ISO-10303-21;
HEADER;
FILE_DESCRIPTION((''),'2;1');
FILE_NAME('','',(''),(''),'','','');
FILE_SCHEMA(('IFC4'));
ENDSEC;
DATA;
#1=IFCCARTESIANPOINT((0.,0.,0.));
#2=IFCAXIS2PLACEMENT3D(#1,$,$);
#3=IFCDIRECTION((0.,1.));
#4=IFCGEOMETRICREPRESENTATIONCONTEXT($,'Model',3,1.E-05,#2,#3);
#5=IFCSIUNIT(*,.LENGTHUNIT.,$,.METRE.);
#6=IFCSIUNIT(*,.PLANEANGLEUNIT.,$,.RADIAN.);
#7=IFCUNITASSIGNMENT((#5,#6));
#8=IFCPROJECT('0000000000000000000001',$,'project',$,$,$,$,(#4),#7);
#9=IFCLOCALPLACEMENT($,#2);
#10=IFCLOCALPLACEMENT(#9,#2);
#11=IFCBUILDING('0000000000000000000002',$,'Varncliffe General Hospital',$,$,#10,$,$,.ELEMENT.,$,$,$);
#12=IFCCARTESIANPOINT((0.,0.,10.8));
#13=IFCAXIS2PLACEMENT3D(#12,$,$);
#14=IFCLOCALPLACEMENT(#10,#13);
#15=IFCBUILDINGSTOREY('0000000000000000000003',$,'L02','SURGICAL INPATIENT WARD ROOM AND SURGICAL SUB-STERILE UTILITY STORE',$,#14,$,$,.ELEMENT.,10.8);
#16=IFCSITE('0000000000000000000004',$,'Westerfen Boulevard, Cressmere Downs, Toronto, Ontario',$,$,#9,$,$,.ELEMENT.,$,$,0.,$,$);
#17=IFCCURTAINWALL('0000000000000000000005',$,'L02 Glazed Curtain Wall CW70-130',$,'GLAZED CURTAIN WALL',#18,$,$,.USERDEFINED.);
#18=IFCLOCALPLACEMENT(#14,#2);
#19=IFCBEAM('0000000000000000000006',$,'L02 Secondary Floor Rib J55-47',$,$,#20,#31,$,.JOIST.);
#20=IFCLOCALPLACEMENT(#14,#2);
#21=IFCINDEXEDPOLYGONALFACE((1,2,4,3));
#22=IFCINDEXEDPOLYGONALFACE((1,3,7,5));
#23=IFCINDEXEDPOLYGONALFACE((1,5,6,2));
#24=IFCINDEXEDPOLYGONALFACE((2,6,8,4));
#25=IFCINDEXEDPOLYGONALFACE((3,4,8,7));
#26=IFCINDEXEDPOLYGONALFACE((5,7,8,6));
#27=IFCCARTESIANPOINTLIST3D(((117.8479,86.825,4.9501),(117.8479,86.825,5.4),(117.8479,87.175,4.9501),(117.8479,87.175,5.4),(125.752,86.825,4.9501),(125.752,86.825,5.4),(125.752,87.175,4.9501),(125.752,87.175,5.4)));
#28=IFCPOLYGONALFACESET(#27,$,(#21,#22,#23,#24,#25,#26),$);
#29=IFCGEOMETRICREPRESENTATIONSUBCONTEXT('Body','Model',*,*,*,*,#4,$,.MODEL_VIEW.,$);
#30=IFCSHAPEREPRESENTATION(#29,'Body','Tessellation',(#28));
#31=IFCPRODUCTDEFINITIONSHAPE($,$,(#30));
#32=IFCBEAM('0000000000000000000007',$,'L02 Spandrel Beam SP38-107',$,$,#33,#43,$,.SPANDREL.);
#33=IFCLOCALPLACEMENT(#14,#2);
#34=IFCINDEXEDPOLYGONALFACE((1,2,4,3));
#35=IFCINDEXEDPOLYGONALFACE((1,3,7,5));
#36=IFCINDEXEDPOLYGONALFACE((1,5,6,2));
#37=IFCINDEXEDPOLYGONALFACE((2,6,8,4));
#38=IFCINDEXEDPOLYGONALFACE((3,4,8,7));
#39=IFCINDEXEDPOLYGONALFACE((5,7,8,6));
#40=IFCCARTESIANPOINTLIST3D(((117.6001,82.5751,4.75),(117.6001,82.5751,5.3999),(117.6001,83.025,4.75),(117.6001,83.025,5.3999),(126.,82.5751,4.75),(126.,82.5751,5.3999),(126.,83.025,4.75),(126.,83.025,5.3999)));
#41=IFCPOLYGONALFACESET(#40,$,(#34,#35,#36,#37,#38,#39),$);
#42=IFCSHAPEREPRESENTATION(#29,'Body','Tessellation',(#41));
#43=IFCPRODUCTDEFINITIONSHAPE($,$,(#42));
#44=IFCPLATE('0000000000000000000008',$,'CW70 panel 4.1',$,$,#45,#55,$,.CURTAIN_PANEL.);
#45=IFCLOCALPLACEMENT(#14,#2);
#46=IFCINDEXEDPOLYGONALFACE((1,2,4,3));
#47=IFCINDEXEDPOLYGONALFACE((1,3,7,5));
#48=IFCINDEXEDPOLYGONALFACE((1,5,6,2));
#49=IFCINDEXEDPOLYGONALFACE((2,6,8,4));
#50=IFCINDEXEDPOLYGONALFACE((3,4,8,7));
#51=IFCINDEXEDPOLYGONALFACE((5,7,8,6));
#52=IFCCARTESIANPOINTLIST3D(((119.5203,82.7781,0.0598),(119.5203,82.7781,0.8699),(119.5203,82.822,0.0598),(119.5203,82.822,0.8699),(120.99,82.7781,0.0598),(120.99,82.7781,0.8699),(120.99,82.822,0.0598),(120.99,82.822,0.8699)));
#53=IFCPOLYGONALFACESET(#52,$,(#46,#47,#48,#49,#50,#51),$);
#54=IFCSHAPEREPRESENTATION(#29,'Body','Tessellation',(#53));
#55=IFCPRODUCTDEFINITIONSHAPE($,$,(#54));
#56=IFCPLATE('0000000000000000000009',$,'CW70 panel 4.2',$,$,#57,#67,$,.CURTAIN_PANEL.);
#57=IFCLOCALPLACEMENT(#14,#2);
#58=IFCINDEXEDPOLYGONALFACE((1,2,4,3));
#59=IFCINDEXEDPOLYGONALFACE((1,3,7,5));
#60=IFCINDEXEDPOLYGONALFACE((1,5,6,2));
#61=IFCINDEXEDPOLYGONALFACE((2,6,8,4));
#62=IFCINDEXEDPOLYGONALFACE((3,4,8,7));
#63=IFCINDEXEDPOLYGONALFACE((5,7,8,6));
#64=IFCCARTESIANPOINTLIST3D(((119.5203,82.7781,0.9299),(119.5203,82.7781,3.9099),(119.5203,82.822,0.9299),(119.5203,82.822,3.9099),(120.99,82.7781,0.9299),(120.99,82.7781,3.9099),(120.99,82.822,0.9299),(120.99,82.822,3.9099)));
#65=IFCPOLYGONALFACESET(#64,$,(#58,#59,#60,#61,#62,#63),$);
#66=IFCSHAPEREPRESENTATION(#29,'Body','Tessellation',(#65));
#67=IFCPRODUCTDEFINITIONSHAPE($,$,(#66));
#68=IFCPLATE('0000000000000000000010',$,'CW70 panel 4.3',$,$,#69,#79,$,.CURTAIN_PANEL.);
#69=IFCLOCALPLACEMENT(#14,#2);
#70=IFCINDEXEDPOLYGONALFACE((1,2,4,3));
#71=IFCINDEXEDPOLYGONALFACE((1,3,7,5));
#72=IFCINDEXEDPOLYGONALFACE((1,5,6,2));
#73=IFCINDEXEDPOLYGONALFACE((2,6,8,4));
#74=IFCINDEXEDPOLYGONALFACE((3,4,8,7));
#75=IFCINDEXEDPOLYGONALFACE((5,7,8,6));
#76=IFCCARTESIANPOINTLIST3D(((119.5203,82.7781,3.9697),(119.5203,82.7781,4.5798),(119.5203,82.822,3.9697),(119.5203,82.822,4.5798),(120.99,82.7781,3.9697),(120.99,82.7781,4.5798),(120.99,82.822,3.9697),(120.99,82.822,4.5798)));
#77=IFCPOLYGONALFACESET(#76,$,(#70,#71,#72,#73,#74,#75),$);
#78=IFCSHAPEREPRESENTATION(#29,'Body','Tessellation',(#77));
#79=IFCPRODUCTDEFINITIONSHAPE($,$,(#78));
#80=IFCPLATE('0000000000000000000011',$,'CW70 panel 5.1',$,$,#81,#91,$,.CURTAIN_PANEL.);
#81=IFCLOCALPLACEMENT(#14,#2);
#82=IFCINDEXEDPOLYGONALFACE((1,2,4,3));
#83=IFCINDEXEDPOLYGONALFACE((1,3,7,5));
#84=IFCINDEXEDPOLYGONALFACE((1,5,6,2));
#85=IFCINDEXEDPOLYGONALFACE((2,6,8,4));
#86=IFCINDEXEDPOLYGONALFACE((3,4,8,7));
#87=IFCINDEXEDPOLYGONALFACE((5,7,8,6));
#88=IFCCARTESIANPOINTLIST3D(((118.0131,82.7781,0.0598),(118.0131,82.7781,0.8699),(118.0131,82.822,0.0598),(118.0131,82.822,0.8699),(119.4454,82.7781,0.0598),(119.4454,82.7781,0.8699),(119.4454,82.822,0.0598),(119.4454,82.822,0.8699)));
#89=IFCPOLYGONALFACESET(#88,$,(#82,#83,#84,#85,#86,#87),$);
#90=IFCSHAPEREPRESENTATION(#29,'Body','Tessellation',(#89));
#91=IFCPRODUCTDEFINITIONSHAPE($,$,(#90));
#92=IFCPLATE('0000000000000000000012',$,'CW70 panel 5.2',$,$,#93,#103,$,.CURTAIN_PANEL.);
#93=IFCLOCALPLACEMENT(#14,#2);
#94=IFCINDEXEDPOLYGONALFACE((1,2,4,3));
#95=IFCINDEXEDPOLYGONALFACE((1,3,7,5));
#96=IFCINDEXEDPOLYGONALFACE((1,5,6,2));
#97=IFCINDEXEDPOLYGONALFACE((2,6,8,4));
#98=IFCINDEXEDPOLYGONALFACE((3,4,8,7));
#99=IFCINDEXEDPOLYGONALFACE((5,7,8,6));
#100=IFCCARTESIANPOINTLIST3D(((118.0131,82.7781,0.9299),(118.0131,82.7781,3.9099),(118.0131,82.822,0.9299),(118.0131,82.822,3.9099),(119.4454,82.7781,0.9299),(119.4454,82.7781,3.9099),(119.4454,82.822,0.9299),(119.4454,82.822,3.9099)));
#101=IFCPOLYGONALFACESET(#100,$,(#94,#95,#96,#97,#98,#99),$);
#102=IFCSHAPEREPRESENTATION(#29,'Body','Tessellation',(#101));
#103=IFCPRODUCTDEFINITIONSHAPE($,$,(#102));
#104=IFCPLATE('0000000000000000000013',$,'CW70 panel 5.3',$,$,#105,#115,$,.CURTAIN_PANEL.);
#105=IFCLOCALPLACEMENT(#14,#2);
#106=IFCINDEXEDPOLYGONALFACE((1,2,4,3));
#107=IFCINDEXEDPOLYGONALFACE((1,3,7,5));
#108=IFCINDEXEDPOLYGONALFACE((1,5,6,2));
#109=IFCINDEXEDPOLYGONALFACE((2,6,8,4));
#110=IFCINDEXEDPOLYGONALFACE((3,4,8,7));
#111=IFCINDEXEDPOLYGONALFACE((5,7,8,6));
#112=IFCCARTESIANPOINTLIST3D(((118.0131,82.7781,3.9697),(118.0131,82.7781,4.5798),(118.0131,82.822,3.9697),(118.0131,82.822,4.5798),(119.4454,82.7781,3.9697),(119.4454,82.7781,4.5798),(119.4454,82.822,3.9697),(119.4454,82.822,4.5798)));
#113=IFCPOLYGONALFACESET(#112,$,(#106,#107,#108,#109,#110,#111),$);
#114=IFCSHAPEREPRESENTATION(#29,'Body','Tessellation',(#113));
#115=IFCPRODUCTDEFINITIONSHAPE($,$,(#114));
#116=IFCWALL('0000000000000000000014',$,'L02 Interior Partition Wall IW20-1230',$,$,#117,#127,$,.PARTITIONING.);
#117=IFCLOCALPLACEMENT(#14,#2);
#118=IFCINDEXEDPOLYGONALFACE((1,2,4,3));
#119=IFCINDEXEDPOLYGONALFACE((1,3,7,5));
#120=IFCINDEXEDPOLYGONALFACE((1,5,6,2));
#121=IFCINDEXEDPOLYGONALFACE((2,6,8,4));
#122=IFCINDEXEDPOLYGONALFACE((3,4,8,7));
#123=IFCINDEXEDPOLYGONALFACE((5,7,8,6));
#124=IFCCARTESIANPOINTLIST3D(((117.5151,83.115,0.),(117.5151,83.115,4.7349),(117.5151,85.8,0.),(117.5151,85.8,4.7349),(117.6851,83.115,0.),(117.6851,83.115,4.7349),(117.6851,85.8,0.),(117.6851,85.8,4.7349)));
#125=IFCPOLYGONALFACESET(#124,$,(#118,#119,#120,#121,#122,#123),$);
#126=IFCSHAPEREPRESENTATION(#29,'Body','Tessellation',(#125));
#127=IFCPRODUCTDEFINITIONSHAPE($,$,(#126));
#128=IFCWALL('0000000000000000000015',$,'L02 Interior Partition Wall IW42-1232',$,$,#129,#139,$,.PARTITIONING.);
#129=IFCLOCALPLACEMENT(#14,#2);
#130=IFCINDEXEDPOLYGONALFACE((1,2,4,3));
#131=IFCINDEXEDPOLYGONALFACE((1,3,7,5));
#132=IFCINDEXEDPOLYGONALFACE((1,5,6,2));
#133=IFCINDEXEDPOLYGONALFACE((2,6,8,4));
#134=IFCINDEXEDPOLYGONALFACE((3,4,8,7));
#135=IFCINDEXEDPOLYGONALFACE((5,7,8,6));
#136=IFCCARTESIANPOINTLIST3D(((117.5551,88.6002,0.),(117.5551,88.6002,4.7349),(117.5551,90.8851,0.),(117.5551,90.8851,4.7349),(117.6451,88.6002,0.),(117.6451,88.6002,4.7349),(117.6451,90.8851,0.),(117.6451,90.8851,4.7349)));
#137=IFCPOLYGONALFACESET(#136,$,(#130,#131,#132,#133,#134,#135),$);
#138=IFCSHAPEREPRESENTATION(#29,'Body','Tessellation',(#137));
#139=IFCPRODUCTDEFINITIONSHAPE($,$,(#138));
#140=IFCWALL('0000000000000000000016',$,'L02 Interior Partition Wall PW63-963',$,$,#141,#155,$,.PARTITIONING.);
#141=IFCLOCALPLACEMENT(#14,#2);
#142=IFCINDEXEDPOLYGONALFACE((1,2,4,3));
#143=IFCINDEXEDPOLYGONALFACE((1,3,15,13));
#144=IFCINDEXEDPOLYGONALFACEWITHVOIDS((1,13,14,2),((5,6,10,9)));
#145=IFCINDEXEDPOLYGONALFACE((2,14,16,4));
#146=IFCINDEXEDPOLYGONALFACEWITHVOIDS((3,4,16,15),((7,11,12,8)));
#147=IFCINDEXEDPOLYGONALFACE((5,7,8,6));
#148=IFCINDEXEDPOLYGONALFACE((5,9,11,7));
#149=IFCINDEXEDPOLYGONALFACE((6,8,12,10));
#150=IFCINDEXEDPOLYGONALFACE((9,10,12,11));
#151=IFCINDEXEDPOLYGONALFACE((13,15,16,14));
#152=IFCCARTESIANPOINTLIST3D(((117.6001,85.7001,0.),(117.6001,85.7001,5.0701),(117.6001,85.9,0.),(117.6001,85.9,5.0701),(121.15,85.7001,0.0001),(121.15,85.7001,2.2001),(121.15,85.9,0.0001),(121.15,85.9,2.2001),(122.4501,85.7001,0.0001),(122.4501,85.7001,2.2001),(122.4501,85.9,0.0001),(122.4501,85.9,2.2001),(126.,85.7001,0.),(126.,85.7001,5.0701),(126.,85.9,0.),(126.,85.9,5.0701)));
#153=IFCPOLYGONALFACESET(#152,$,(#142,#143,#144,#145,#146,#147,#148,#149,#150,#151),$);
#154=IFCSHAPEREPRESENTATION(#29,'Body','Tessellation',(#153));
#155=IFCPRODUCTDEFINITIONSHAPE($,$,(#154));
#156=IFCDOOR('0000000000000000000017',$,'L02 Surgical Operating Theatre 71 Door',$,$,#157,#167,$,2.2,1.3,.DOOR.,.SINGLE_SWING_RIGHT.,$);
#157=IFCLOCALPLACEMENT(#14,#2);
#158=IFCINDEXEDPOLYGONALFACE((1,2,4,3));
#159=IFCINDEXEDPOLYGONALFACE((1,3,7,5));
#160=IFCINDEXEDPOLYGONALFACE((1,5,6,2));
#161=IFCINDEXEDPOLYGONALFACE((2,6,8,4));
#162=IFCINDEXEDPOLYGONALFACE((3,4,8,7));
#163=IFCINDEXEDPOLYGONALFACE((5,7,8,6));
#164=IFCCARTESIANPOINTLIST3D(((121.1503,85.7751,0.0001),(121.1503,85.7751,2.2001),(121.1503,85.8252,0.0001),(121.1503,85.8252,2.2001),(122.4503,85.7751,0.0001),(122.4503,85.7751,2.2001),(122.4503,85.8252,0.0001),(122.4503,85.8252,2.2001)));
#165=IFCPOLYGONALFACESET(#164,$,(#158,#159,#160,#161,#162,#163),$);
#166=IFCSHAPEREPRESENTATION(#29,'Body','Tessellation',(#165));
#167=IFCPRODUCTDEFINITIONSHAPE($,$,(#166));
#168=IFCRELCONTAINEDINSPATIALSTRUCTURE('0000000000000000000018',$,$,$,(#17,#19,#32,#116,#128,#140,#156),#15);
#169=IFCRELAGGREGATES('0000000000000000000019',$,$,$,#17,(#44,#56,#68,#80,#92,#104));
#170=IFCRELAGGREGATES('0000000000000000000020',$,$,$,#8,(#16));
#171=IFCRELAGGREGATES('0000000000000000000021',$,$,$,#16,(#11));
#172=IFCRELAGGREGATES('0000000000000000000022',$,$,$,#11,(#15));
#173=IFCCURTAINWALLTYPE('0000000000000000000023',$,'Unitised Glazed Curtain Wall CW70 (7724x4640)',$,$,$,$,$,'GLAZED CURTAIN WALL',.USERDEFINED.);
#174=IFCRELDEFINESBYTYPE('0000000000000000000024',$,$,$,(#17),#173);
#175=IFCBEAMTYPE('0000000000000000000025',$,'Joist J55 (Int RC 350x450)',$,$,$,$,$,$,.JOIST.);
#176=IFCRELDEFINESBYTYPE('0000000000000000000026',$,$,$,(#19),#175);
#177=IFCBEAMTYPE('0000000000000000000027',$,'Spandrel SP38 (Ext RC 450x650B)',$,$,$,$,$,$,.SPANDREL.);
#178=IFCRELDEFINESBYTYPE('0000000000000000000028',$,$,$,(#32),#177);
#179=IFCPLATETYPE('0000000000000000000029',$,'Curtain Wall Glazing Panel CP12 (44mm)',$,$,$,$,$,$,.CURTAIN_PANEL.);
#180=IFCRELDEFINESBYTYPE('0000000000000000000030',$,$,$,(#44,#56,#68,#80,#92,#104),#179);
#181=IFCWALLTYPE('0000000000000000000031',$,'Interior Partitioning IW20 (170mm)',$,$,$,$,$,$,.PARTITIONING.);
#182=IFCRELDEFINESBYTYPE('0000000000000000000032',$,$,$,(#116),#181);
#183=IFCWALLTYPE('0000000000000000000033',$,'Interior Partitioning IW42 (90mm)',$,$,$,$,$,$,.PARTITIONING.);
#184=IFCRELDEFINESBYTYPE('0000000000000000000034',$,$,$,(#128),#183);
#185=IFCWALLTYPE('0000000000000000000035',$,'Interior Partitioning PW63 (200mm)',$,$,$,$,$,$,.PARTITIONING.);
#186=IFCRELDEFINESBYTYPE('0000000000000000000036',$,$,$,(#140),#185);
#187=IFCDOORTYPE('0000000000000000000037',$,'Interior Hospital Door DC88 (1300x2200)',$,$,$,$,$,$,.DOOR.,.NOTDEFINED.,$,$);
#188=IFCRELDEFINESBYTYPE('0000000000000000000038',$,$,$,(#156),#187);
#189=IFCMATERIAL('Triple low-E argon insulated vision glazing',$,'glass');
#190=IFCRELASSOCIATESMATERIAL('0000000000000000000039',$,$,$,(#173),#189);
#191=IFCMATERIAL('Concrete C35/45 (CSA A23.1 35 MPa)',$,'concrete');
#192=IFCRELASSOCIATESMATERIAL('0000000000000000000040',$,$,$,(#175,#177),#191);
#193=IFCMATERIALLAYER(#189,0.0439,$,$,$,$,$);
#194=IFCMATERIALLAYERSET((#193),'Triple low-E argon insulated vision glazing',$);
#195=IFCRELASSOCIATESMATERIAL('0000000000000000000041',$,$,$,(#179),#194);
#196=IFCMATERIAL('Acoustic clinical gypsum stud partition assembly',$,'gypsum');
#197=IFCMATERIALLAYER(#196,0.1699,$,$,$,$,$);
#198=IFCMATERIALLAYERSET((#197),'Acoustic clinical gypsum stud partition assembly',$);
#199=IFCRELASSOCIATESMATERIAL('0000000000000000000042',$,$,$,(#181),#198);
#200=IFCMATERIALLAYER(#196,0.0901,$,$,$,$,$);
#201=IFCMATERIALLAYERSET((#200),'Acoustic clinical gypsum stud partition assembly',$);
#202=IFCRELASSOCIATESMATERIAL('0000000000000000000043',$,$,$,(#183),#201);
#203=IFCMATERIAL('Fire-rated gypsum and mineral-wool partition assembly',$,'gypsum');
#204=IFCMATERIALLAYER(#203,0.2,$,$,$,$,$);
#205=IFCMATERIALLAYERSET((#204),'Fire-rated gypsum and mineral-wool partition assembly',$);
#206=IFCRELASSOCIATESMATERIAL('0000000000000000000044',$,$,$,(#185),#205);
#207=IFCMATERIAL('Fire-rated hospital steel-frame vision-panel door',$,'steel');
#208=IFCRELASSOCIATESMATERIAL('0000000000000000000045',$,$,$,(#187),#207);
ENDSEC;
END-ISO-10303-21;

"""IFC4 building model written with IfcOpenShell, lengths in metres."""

from ifc_helpers import new_model, si_unit, direction, frame, frame_2d, origin, origin_2d, place, context, subcontext, project, spatial, rectangle, extrude, material, layer, layer_set, material_profile, profile_set, type_object, element, fill, aggregate, save


model = new_model("IFC4")

# Units and contexts
model_context = context("Model", 3, precision=1e-05, world=origin(), true_north=direction((0.0, 1.0)))
body_context = subcontext(model_context, "Body", "Model", "MODEL_VIEW")
ifc_project = project(units=[si_unit("LENGTHUNIT", "METRE"), si_unit("PLANEANGLEUNIT", "RADIAN")], contexts=[model_context])

# Site, building, storey
site_placement = place(None, origin())
site = spatial("IfcSite", under=ifc_project, at=site_placement, Name="Westerfen Boulevard, Cressmere Downs, Toronto, Ontario", CompositionType="ELEMENT", RefElevation=0.0)
building_placement = place(site_placement, origin())
building = spatial("IfcBuilding", under=site, at=building_placement, Name="Varncliffe General Hospital", CompositionType="ELEMENT")
storey_placement = place(building_placement, frame((0.0, 0.0, 10.8)))
storey = spatial("IfcBuildingStorey", under=building, at=storey_placement, Name="L02", Description="SURGICAL INPATIENT WARD ROOM AND SURGICAL SUB-STERILE UTILITY STORE", CompositionType="ELEMENT", Elevation=10.8)

# Shared definitions
ifc_material_1 = material(Name="Concrete C35/45 (CSA A23.1 35 MPa)", Category="concrete")

# Curtain wall
ifc_material_2 = material(Name="Triple low-E argon insulated vision glazing", Category="glass")
curtain_wall_type = type_object("IfcCurtainWallType", Name="Unitised Glazed Curtain Wall CW70 (7724x4640)", ElementType="GLAZED CURTAIN WALL", PredefinedType="USERDEFINED", material=ifc_material_2)
curtain_wall_placement = place(storey_placement, origin())
curtain_wall = element("IfcCurtainWall", 1, at=curtain_wall_placement, inside=storey, type_object=curtain_wall_type, Name="L02 Glazed Curtain Wall CW70-130", ObjectType="GLAZED CURTAIN WALL", PredefinedType="USERDEFINED")

# Beams
ifc_material_profile_1 = material_profile(ifc_material_1, rectangle(XDim=0.3501, YDim=0.45, at=origin_2d()), Name="RC 350x450")
ifc_profile_set_1 = profile_set([ifc_material_profile_1], Name="Concrete C35/45 (CSA A23.1 35 MPa)")
beam_type_1 = type_object("IfcBeamType", Name="Joist J55 (Int RC 350x450)", PredefinedType="JOIST", material=ifc_profile_set_1)
beam_1_placement = place(storey_placement, frame((117.8479, 87.0, 5.175), z_axis=(1.0, 0.0, 0.0), x_axis=(0.0, 1.0, 0.0)))
element("IfcBeam", 2, at=beam_1_placement, inside=storey, type_object=beam_type_1, Name="L02 Secondary Floor Rib J55-47", PredefinedType="JOIST", context=body_context, shape_type="SweptSolid", body=[
    extrude(rectangle(XDim=0.3501, YDim=0.45, at=origin_2d()), origin(), (0.0, 0.0, 1.0), 7.9041),
])
ifc_material_profile_2 = material_profile(ifc_material_1, rectangle(XDim=0.45, YDim=0.6499, at=origin_2d()), Name="RC 450x650")
ifc_profile_set_2 = profile_set([ifc_material_profile_2], Name="Concrete C35/45 (CSA A23.1 35 MPa)")
beam_type_2 = type_object("IfcBeamType", Name="Spandrel SP38 (Ext RC 450x650B)", PredefinedType="SPANDREL", material=ifc_profile_set_2)
beam_2_placement = place(storey_placement, frame((117.6001, 82.8, 5.075), z_axis=(1.0, 0.0, 0.0), x_axis=(0.0, 1.0, 0.0)))
element("IfcBeam", 3, at=beam_2_placement, inside=storey, type_object=beam_type_2, Name="L02 Spandrel Beam SP38-107", PredefinedType="SPANDREL", context=body_context, shape_type="SweptSolid", body=[
    extrude(rectangle(XDim=0.45, YDim=0.6499, at=origin_2d()), origin(), (0.0, 0.0, 1.0), 8.3999),
])

# Plates
ifc_layer_1 = layer(ifc_material_2, 0.0439)
ifc_layer_set_1 = layer_set([ifc_layer_1], Name="Triple low-E argon insulated vision glazing")
plate_type = type_object("IfcPlateType", Name="Curtain Wall Glazing Panel CP12 (44mm)", PredefinedType="CURTAIN_PANEL", material=ifc_layer_set_1)
plate_1_placement = place(storey_placement, frame((120.2551, 82.8, 0.0598), z_axis=(0.0, 0.0, 1.0), x_axis=(-1.0, 0.0, 0.0)))
plate_1 = element("IfcPlate", 4, at=plate_1_placement, type_object=plate_type, Name="CW70 panel 4.1", PredefinedType="CURTAIN_PANEL", context=body_context, shape_type="SweptSolid", body=[
    extrude(rectangle(XDim=1.4697, YDim=0.0439, at=origin_2d()), origin(), (0.0, 0.0, 1.0), 0.8101),
])
plate_2_placement = place(storey_placement, frame((120.2551, 82.8, 0.9299), z_axis=(0.0, 0.0, 1.0), x_axis=(-1.0, 0.0, 0.0)))
plate_2 = element("IfcPlate", 5, at=plate_2_placement, type_object=plate_type, Name="CW70 panel 4.2", PredefinedType="CURTAIN_PANEL", context=body_context, shape_type="SweptSolid", body=[
    extrude(rectangle(XDim=1.4697, YDim=0.0439, at=origin_2d()), origin(), (0.0, 0.0, 1.0), 2.98),
])
plate_3_placement = place(storey_placement, frame((120.2551, 82.8, 3.9697), z_axis=(0.0, 0.0, 1.0), x_axis=(-1.0, 0.0, 0.0)))
plate_3 = element("IfcPlate", 6, at=plate_3_placement, type_object=plate_type, Name="CW70 panel 4.3", PredefinedType="CURTAIN_PANEL", context=body_context, shape_type="SweptSolid", body=[
    extrude(rectangle(XDim=1.4697, YDim=0.0439, at=origin_2d()), origin(), (0.0, 0.0, 1.0), 0.6101),
])
plate_4_placement = place(storey_placement, frame((118.7292, 82.8, 0.0598), z_axis=(0.0, 0.0, 1.0), x_axis=(-1.0, 0.0, 0.0)))
plate_4 = element("IfcPlate", 7, at=plate_4_placement, type_object=plate_type, Name="CW70 panel 5.1", PredefinedType="CURTAIN_PANEL", context=body_context, shape_type="SweptSolid", body=[
    extrude(rectangle(XDim=1.4324, YDim=0.0439, at=origin_2d()), origin(), (0.0, 0.0, 1.0), 0.8101),
])
plate_5_placement = place(storey_placement, frame((118.7292, 82.8, 0.9299), z_axis=(0.0, 0.0, 1.0), x_axis=(-1.0, 0.0, 0.0)))
plate_5 = element("IfcPlate", 8, at=plate_5_placement, type_object=plate_type, Name="CW70 panel 5.2", PredefinedType="CURTAIN_PANEL", context=body_context, shape_type="SweptSolid", body=[
    extrude(rectangle(XDim=1.4324, YDim=0.0439, at=origin_2d()), origin(), (0.0, 0.0, 1.0), 2.98),
])
plate_6_placement = place(storey_placement, frame((118.7292, 82.8, 3.9697), z_axis=(0.0, 0.0, 1.0), x_axis=(-1.0, 0.0, 0.0)))
plate_6 = element("IfcPlate", 9, at=plate_6_placement, type_object=plate_type, Name="CW70 panel 5.3", PredefinedType="CURTAIN_PANEL", context=body_context, shape_type="SweptSolid", body=[
    extrude(rectangle(XDim=1.4324, YDim=0.0439, at=origin_2d()), origin(), (0.0, 0.0, 1.0), 0.6101),
])
aggregate(curtain_wall, [plate_1, plate_2, plate_3, plate_4, plate_5, plate_6])

# Walls
ifc_material_3 = material(Name="Acoustic clinical gypsum stud partition assembly", Category="gypsum")
ifc_layer_2 = layer(ifc_material_3, 0.1699)
ifc_layer_set_2 = layer_set([ifc_layer_2], Name="Acoustic clinical gypsum stud partition assembly")
wall_type_1 = type_object("IfcWallType", Name="Interior Partitioning IW20 (170mm)", PredefinedType="PARTITIONING", material=ifc_layer_set_2)
wall_1_placement = place(storey_placement, frame((117.6001, 83.115, 0.0), z_axis=(0.0, 0.0, 1.0), x_axis=(0.0, 1.0, 0.0)))
element("IfcWall", 10, at=wall_1_placement, inside=storey, type_object=wall_type_1, Name="L02 Interior Partition Wall IW20-1230", PredefinedType="PARTITIONING", context=body_context, shape_type="SweptSolid", body=[
    extrude(rectangle(XDim=2.6851, YDim=0.1699, at=frame_2d((1.3425, 0.0))), origin(), (0.0, 0.0, 1.0), 4.7349),
])
ifc_layer_3 = layer(ifc_material_3, 0.0901)
ifc_layer_set_3 = layer_set([ifc_layer_3], Name="Acoustic clinical gypsum stud partition assembly")
wall_type_2 = type_object("IfcWallType", Name="Interior Partitioning IW42 (90mm)", PredefinedType="PARTITIONING", material=ifc_layer_set_3)
wall_2_placement = place(storey_placement, frame((117.6001, 88.6001, 0.0), z_axis=(0.0, 0.0, 1.0), x_axis=(0.0, 1.0, 0.0)))
element("IfcWall", 11, at=wall_2_placement, inside=storey, type_object=wall_type_2, Name="L02 Interior Partition Wall IW42-1232", PredefinedType="PARTITIONING", context=body_context, shape_type="SweptSolid", body=[
    extrude(rectangle(XDim=2.2849, YDim=0.0901, at=frame_2d((1.1426, 0.0))), origin(), (0.0, 0.0, 1.0), 4.7349),
])

# Wall, opening, door
ifc_material_4 = material(Name="Fire-rated gypsum and mineral-wool partition assembly", Category="gypsum")
ifc_layer_4 = layer(ifc_material_4, 0.2)
ifc_layer_set_4 = layer_set([ifc_layer_4], Name="Fire-rated gypsum and mineral-wool partition assembly")
wall_type_3 = type_object("IfcWallType", Name="Interior Partitioning PW63 (200mm)", PredefinedType="PARTITIONING", material=ifc_layer_set_4)
wall_3_placement = place(storey_placement, frame((117.6001, 85.8, 0.0), z_axis=(0.0, 0.0, 1.0), x_axis=(1.0, 0.0, 0.0)))
wall_3 = element("IfcWall", 12, at=wall_3_placement, inside=storey, type_object=wall_type_3, Name="L02 Interior Partition Wall PW63-963", PredefinedType="PARTITIONING", context=body_context, shape_type="SweptSolid", body=[
    extrude(rectangle(XDim=8.3999, YDim=0.2, at=frame_2d((4.2, 0.0))), origin(), (0.0, 0.0, 1.0), 5.0701),
])
opening_1_placement = place(wall_3_placement, frame((3.55, 0.0, 0.0)))
opening_1 = element("IfcOpeningElement", 13, at=opening_1_placement, cuts=wall_3, PredefinedType="OPENING", context=body_context, shape_type="SweptSolid", body=[
    extrude(rectangle(XDim=1.3, YDim=2.2, at=frame_2d((0.6499, 1.1001))), frame((0.0, 0.1099, 0.0), z_axis=(0.0, -1.0, 0.0), x_axis=(1.0, 0.0, 0.0)), (0.0, 0.0, 1.0), 0.22),
])
ifc_material_5 = material(Name="Fire-rated hospital steel-frame vision-panel door", Category="steel")
door_type_1 = type_object("IfcDoorType", Name="Interior Hospital Door DC88 (1300x2200)", OperationType="NOTDEFINED", PredefinedType="DOOR", material=ifc_material_5)
door_1_placement = place(opening_1_placement, frame((1.3, 0.0, 0.0), z_axis=(0.0, 0.0, 1.0), x_axis=(-1.0, 0.0, 0.0)))
door_1 = element("IfcDoor", 14, at=door_1_placement, inside=storey, type_object=door_type_1, Name="L02 Surgical Operating Theatre 71 Door", OperationType="SINGLE_SWING_RIGHT", OverallHeight=2.2, OverallWidth=1.3, PredefinedType="DOOR", context=body_context, shape_type="SweptSolid", body=[
    extrude(rectangle(XDim=1.3, YDim=2.2, at=frame_2d((0.6499, 1.1001))), frame((0.0, 0.0249, 0.0), z_axis=(0.0, -1.0, 0.0), x_axis=(1.0, 0.0, 0.0)), (0.0, 0.0, 1.0), 0.05),
])
fill(opening_1, door_1)

save(model, "model.ifc")
